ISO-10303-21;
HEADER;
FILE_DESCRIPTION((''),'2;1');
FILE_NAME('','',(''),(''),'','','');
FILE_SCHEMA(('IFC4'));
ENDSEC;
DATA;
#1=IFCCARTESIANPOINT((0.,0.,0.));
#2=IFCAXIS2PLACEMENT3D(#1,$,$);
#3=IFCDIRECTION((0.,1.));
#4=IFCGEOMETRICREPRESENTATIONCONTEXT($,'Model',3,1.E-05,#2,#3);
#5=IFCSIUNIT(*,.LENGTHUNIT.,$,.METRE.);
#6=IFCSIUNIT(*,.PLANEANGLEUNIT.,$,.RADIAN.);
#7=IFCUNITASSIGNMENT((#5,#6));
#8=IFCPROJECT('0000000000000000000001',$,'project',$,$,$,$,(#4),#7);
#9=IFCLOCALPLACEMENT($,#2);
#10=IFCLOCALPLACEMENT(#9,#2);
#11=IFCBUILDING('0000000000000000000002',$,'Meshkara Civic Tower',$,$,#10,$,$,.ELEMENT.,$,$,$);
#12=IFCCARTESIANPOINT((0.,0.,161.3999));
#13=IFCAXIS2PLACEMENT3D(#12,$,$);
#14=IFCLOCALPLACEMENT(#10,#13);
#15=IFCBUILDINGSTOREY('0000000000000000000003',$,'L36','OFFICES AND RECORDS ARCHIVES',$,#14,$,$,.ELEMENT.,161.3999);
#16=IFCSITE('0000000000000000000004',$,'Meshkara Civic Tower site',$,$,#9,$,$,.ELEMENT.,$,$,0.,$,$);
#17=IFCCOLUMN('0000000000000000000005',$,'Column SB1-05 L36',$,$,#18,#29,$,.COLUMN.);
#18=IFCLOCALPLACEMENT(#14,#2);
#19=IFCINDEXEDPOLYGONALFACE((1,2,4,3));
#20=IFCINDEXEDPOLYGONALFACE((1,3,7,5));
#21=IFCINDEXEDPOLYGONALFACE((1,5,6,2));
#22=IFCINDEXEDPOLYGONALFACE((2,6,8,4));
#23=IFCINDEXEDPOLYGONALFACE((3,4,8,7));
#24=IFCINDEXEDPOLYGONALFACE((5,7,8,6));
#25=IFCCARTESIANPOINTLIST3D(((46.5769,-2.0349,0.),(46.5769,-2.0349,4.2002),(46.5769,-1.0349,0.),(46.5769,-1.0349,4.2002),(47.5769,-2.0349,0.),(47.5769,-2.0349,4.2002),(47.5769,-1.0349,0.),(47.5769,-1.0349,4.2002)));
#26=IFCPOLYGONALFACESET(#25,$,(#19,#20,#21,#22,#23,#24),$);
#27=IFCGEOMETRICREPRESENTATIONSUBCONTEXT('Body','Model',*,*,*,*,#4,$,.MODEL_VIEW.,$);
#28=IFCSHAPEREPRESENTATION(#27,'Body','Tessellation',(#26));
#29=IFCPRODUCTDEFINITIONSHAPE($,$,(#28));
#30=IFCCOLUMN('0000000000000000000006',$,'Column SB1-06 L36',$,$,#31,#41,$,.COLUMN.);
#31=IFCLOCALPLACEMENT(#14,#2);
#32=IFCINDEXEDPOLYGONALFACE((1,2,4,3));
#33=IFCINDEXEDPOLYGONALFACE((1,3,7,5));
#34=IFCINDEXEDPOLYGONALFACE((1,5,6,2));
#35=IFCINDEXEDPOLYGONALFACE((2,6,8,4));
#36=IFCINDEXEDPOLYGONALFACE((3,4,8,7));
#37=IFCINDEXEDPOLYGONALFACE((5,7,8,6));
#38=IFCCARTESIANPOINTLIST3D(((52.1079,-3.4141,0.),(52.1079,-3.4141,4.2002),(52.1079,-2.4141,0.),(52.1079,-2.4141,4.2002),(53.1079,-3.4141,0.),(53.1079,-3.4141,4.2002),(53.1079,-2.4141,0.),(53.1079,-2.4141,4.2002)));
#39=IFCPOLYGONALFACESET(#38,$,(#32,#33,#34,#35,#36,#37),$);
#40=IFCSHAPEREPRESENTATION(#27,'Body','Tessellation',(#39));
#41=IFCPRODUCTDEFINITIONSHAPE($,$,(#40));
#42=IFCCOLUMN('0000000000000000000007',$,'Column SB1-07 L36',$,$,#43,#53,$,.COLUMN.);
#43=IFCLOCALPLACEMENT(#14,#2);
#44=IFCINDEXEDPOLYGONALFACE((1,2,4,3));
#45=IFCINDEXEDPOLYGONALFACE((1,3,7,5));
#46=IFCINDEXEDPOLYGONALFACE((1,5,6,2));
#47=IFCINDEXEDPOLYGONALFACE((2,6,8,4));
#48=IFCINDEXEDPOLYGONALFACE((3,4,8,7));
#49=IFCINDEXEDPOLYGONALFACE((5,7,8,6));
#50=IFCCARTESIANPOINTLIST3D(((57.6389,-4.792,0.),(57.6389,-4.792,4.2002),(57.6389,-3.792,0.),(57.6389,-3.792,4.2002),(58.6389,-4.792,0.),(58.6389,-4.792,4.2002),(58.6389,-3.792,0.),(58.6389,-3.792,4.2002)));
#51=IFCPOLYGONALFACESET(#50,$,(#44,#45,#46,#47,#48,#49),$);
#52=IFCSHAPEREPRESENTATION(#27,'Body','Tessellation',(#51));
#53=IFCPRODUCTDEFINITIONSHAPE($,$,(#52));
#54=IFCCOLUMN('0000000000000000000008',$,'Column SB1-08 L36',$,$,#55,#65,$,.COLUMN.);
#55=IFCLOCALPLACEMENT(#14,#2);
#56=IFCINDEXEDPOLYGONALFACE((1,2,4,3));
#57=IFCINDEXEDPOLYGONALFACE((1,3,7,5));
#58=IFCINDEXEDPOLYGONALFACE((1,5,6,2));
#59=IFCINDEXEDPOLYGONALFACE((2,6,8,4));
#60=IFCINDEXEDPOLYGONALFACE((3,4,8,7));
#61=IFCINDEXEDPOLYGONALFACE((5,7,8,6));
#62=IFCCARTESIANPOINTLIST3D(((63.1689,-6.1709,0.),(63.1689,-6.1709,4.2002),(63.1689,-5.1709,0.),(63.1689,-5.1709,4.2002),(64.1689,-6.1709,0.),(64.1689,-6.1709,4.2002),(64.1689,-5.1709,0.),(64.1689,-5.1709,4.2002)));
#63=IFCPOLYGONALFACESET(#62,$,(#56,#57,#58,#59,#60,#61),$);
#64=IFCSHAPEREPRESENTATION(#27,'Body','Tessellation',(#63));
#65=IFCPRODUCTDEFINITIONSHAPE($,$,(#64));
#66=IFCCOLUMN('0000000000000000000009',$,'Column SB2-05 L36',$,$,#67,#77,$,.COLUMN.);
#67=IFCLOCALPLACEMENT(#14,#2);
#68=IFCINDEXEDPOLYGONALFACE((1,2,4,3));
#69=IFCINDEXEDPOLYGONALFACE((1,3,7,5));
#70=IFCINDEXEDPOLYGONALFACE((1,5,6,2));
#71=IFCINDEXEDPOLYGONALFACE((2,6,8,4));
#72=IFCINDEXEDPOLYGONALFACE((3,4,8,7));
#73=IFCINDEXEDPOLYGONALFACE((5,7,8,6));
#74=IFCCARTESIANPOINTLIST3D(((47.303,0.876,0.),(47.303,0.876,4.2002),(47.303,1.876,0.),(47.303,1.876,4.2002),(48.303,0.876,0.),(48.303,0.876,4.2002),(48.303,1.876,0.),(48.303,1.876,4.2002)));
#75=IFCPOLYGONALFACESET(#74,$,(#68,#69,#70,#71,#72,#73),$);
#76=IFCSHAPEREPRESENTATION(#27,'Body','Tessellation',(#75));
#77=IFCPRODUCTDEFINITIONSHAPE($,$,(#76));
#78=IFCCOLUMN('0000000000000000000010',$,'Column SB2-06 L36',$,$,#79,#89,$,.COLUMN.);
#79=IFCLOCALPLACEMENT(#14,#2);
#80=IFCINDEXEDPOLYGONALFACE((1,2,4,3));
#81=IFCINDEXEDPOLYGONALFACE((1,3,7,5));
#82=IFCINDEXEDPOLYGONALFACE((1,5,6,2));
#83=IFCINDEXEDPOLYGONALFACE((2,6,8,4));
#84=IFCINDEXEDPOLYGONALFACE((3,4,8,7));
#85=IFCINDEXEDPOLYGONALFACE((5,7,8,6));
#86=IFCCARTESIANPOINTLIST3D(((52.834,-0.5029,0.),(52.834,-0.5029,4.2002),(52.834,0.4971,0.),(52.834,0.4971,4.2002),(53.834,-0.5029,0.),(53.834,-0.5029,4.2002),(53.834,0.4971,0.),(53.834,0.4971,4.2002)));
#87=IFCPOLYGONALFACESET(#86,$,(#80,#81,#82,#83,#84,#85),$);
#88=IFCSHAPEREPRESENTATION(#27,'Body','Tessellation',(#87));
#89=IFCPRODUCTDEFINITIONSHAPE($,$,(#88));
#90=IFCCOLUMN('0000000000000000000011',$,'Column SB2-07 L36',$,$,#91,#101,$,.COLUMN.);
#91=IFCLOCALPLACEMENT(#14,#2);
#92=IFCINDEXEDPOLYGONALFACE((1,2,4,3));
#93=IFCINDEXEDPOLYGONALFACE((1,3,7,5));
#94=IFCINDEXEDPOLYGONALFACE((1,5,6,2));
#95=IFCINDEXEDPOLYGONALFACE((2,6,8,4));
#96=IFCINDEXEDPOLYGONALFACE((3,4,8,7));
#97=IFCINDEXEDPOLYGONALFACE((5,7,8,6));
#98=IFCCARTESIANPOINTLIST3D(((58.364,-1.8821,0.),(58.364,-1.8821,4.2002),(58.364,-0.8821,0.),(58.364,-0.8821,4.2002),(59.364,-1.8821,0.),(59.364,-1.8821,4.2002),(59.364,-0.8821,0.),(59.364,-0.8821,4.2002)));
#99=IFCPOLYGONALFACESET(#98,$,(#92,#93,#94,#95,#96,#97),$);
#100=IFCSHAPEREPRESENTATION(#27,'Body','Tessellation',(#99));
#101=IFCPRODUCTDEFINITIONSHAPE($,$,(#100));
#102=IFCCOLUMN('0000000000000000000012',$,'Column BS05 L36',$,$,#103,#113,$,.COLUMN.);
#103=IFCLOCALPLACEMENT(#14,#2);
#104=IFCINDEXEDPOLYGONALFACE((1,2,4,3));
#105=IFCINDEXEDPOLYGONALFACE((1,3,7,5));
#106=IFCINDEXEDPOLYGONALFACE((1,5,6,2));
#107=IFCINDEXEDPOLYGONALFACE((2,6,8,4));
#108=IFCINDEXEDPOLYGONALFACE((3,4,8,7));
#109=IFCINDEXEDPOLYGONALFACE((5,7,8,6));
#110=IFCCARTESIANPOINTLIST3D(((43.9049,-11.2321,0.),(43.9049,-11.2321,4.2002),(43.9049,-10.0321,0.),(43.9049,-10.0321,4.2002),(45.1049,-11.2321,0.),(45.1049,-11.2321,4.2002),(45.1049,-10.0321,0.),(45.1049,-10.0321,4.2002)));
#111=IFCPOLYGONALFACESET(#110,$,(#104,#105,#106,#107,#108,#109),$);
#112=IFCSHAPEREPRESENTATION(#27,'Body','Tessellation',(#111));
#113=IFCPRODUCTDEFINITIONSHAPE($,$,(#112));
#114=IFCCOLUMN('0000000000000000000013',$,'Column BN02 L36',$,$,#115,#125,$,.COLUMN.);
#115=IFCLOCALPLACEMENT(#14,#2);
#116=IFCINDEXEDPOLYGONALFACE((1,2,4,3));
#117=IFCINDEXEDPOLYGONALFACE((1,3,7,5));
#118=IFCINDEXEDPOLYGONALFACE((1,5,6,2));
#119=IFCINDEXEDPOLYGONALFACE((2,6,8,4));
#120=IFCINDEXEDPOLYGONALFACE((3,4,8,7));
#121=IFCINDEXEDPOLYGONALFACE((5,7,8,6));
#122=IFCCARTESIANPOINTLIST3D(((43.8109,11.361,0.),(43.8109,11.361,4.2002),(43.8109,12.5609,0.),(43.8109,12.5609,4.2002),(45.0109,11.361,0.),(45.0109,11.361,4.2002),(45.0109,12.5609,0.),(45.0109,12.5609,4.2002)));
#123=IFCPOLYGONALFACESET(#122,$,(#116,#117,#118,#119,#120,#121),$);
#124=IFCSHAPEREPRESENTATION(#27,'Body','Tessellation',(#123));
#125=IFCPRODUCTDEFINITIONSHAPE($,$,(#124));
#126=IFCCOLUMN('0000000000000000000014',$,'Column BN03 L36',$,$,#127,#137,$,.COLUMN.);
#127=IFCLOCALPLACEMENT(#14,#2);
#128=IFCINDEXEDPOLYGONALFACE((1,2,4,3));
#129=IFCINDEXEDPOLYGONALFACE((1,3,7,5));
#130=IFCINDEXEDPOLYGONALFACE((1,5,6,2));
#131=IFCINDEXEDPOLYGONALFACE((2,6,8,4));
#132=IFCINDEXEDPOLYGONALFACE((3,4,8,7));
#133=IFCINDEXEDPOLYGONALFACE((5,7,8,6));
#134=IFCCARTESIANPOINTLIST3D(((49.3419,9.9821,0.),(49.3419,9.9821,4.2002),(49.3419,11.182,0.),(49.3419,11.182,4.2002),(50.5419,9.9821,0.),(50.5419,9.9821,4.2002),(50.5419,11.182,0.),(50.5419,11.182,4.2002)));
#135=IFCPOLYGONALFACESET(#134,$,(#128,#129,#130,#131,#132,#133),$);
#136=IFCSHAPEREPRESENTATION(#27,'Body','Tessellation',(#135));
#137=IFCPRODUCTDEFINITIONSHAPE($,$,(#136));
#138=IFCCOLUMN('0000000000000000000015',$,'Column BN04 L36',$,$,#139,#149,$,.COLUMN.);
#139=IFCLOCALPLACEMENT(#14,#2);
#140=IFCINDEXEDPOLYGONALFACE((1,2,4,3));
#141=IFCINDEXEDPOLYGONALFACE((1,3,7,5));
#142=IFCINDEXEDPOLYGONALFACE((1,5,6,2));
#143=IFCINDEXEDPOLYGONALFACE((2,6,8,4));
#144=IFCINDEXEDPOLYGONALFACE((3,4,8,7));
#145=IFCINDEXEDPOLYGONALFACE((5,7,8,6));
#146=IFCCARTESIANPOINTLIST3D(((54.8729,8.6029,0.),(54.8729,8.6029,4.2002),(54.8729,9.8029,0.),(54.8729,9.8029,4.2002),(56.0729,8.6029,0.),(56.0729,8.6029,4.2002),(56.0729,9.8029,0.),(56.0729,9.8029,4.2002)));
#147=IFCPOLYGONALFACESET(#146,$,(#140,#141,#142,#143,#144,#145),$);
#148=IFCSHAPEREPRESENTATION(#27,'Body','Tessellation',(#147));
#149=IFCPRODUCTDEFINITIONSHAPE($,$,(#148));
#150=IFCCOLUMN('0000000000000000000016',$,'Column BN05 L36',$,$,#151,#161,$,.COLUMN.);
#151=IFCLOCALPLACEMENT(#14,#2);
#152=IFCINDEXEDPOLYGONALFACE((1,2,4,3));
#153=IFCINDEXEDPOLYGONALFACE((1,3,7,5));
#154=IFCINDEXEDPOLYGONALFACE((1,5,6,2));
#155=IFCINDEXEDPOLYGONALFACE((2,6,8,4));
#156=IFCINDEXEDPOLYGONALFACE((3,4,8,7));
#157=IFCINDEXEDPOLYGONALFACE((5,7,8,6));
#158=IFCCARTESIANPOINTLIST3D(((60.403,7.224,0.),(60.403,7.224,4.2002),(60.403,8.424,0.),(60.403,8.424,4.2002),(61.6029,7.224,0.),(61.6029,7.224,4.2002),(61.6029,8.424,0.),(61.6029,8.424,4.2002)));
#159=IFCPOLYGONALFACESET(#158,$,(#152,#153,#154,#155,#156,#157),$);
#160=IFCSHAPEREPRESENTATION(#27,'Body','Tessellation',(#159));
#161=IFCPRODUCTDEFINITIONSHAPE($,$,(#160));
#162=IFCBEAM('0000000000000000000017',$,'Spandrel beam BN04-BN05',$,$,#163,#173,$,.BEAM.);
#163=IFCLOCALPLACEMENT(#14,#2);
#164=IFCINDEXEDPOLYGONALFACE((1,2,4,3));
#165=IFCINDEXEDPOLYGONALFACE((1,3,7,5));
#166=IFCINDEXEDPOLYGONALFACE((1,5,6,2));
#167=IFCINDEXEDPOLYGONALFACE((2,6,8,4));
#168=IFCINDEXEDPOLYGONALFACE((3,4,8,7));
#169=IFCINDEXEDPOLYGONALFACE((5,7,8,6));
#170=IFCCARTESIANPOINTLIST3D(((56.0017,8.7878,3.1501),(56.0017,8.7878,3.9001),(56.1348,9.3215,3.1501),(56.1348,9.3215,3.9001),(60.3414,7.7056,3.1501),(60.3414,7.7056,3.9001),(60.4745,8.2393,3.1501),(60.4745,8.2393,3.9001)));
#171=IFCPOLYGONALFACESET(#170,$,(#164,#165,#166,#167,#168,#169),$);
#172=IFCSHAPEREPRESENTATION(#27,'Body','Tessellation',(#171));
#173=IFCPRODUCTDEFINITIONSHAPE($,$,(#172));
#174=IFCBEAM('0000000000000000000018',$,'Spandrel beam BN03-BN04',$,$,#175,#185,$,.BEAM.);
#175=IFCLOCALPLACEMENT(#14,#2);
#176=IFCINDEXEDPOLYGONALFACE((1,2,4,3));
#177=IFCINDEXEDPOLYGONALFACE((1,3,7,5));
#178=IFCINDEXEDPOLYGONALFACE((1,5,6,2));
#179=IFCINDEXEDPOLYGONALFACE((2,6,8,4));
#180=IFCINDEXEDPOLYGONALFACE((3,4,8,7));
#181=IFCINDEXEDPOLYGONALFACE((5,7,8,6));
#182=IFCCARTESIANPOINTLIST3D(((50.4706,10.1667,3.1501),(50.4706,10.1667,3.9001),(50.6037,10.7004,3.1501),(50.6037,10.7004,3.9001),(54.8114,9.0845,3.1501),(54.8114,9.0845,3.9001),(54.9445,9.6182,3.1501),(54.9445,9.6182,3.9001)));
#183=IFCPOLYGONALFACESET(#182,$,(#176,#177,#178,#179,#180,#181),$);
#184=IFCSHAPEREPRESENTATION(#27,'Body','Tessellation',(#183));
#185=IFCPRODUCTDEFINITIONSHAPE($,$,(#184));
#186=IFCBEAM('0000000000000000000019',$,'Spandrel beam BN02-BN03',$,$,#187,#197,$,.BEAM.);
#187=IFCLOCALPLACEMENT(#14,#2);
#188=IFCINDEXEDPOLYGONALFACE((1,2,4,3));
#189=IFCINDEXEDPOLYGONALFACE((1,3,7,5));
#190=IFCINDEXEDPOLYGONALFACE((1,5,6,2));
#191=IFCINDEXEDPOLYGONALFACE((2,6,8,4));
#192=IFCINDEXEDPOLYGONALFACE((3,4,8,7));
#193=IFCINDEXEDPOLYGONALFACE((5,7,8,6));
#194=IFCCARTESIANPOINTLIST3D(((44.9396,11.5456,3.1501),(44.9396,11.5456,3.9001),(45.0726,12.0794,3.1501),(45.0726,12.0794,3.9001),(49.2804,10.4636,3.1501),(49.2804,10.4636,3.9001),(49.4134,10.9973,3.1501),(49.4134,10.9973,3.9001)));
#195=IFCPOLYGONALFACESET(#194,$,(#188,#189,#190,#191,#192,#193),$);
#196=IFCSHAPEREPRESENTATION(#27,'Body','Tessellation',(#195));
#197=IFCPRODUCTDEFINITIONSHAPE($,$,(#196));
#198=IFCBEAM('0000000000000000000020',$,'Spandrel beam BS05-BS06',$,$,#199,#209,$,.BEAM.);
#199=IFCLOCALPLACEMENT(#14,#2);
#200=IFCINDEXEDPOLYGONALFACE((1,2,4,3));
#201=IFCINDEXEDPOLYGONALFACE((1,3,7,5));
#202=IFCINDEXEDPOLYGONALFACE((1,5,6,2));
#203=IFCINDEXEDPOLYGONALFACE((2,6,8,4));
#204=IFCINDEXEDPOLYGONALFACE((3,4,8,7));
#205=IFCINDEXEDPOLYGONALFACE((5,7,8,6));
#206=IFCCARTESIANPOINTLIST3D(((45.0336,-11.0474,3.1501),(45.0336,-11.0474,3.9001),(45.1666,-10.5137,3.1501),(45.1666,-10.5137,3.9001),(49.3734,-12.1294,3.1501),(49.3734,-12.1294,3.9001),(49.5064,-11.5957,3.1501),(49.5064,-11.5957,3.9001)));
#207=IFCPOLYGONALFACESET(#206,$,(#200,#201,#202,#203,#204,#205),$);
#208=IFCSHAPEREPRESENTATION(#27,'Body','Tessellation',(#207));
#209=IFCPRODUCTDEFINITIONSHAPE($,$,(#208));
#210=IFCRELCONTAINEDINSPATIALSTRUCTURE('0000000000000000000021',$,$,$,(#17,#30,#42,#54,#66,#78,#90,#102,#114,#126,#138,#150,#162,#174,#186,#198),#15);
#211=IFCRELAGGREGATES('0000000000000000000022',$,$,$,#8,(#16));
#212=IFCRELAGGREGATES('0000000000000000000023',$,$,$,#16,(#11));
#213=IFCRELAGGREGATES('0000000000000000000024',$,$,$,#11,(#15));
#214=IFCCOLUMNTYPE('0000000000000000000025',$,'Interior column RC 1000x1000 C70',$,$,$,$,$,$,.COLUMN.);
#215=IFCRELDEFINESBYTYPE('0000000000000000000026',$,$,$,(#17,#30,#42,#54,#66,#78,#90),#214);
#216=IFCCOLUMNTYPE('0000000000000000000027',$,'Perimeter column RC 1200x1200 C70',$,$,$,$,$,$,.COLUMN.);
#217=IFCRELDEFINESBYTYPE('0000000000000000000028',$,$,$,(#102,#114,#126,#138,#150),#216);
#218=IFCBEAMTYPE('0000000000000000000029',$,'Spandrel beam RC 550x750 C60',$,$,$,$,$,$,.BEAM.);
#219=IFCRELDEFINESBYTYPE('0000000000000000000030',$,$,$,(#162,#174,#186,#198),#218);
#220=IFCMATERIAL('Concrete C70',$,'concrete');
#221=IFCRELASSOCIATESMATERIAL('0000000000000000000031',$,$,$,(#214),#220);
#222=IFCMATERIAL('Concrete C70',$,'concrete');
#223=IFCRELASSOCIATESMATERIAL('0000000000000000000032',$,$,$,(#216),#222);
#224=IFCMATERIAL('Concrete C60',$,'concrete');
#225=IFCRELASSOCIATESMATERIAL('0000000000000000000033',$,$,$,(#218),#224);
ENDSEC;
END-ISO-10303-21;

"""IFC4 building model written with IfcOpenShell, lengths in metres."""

from ifc_helpers import new_model, si_unit, direction, frame, origin, origin_2d, place, context, subcontext, project, spatial, rectangle, extrude, material, material_profile, profile_set, type_object, element, save


model = new_model("IFC4")

# Units and contexts
model_context = context("Model", 3, precision=1e-05, world=origin(), true_north=direction((0.0, 1.0)))
body_context = subcontext(model_context, "Body", "Model", "MODEL_VIEW")
ifc_project = project(units=[si_unit("LENGTHUNIT", "METRE"), si_unit("PLANEANGLEUNIT", "RADIAN")], contexts=[model_context])

# Site, building, storey
site_placement = place(None, origin())
site = spatial("IfcSite", under=ifc_project, at=site_placement, Name="Meshkara Civic Tower site", CompositionType="ELEMENT", RefElevation=0.0)
building_placement = place(site_placement, origin())
building = spatial("IfcBuilding", under=site, at=building_placement, Name="Meshkara Civic Tower", CompositionType="ELEMENT")
storey_placement = place(building_placement, frame((0.0, 0.0, 161.3999)))
storey = spatial("IfcBuildingStorey", under=building, at=storey_placement, Name="L36", Description="OFFICES AND RECORDS ARCHIVES", CompositionType="ELEMENT", Elevation=161.3999)

# Columns
ifc_material_1 = material(Name="Concrete C70", Category="concrete")
ifc_material_profile_1 = material_profile(ifc_material_1, rectangle(XDim=1.0, YDim=1.0, at=origin_2d()))
ifc_profile_set_1 = profile_set([ifc_material_profile_1], Name="Concrete C70")
column_type_1 = type_object("IfcColumnType", Name="Interior column RC 1000x1000 C70", PredefinedType="COLUMN", material=ifc_profile_set_1)
for number, where, z_axis, x_axis, name in (
    (1, (47.0769, -1.5349, 0.0), (0.0, 0.0, 1.0), (1.0, 0.0, 0.0), "Column SB1-05 L36"),
    (2, (52.6079, -2.9141, 0.0), (0.0, 0.0, 1.0), (1.0, 0.0, 0.0), "Column SB1-06 L36"),
    (3, (58.1389, -4.292, 0.0), (0.0, 0.0, 1.0), (1.0, 0.0, 0.0), "Column SB1-07 L36"),
    (4, (63.6689, -5.6709, 0.0), (0.0, 0.0, 1.0), (1.0, 0.0, 0.0), "Column SB1-08 L36"),
    (5, (47.803, 1.376, 0.0), (0.0, 0.0, 1.0), (1.0, 0.0, 0.0), "Column SB2-05 L36"),
    (6, (53.334, -0.0029, 0.0), (0.0, 0.0, 1.0), (1.0, 0.0, 0.0), "Column SB2-06 L36"),
    (7, (58.864, -1.3821, 0.0), (0.0, 0.0, 1.0), (1.0, 0.0, 0.0), "Column SB2-07 L36"),
):
    element("IfcColumn", number, at=place(storey_placement, frame(where, z_axis=z_axis, x_axis=x_axis)), inside=storey, type_object=column_type_1, Name=name, PredefinedType="COLUMN", context=body_context, shape_type="SweptSolid", body=[
        extrude(rectangle(XDim=1.0, YDim=1.0, at=origin_2d()), origin(), (0.0, 0.0, 1.0), 4.2002),
    ])
ifc_material_2 = material(Name="Concrete C70", Category="concrete")
ifc_material_profile_2 = material_profile(ifc_material_2, rectangle(XDim=1.2, YDim=1.2, at=origin_2d()))
ifc_profile_set_2 = profile_set([ifc_material_profile_2], Name="Concrete C70")
column_type_2 = type_object("IfcColumnType", Name="Perimeter column RC 1200x1200 C70", PredefinedType="COLUMN", material=ifc_profile_set_2)
for number, where, z_axis, x_axis, name in (
    (8, (44.5049, -10.6321, 0.0), (0.0, 0.0, 1.0), (1.0, 0.0, 0.0), "Column BS05 L36"),
    (9, (44.4109, 11.9609, 0.0), (0.0, 0.0, 1.0), (1.0, 0.0, 0.0), "Column BN02 L36"),
    (10, (49.9419, 10.582, 0.0), (0.0, 0.0, 1.0), (1.0, 0.0, 0.0), "Column BN03 L36"),
    (11, (55.4729, 9.2029, 0.0), (0.0, 0.0, 1.0), (1.0, 0.0, 0.0), "Column BN04 L36"),
    (12, (61.0029, 7.824, 0.0), (0.0, 0.0, 1.0), (1.0, 0.0, 0.0), "Column BN05 L36"),
):
    element("IfcColumn", number, at=place(storey_placement, frame(where, z_axis=z_axis, x_axis=x_axis)), inside=storey, type_object=column_type_2, Name=name, PredefinedType="COLUMN", context=body_context, shape_type="SweptSolid", body=[
        extrude(rectangle(XDim=1.2, YDim=1.2, at=origin_2d()), origin(), (0.0, 0.0, 1.0), 4.2002),
    ])

# Beams
ifc_material_3 = material(Name="Concrete C60", Category="concrete")
ifc_material_profile_3 = material_profile(ifc_material_3, rectangle(XDim=0.55, YDim=0.75, at=origin_2d()))
ifc_profile_set_3 = profile_set([ifc_material_profile_3], Name="Concrete C60")
beam_type = type_object("IfcBeamType", Name="Spandrel beam RC 550x750 C60", PredefinedType="BEAM", material=ifc_profile_set_3)
beam_1_placement = place(storey_placement, frame((60.408, 7.9724, 3.5251), z_axis=(-0.970284, 0.24197, 0.0), x_axis=(-0.24197, -0.970284, 0.0)))
element("IfcBeam", 13, at=beam_1_placement, inside=storey, type_object=beam_type, Name="Spandrel beam BN04-BN05", PredefinedType="BEAM", context=body_context, shape_type="SweptSolid", body=[
    extrude(rectangle(XDim=0.55, YDim=0.75, at=origin_2d()), origin(), (0.0, 0.0, 1.0), 4.4727),
])
for number, where, z_axis, x_axis, name in (
    (14, (54.8779, 9.3513, 3.5251), (-0.970296, 0.241919, 0.0), (-0.241919, -0.970296, 0.0), "Spandrel beam BN03-BN04"),
    (15, (49.3469, 10.7305, 3.5251), (-0.970309, 0.241868, 0.0), (-0.241868, -0.970309, 0.0), "Spandrel beam BN02-BN03"),
):
    element("IfcBeam", number, at=place(storey_placement, frame(where, z_axis=z_axis, x_axis=x_axis)), inside=storey, type_object=beam_type, Name=name, PredefinedType="BEAM", context=body_context, shape_type="SweptSolid", body=[
        extrude(rectangle(XDim=0.55, YDim=0.75, at=origin_2d()), origin(), (0.0, 0.0, 1.0), 4.4736),
    ])
beam_2_placement = place(storey_placement, frame((45.1001, -10.7805, 3.5251), z_axis=(0.970296, -0.241919, 0.0), x_axis=(0.241919, 0.970296, 0.0)))
element("IfcBeam", 16, at=beam_2_placement, inside=storey, type_object=beam_type, Name="Spandrel beam BS05-BS06", PredefinedType="BEAM", context=body_context, shape_type="SweptSolid", body=[
    extrude(rectangle(XDim=0.55, YDim=0.75, at=origin_2d()), origin(), (0.0, 0.0, 1.0), 4.4727),
])

save(model, "model.ifc")
